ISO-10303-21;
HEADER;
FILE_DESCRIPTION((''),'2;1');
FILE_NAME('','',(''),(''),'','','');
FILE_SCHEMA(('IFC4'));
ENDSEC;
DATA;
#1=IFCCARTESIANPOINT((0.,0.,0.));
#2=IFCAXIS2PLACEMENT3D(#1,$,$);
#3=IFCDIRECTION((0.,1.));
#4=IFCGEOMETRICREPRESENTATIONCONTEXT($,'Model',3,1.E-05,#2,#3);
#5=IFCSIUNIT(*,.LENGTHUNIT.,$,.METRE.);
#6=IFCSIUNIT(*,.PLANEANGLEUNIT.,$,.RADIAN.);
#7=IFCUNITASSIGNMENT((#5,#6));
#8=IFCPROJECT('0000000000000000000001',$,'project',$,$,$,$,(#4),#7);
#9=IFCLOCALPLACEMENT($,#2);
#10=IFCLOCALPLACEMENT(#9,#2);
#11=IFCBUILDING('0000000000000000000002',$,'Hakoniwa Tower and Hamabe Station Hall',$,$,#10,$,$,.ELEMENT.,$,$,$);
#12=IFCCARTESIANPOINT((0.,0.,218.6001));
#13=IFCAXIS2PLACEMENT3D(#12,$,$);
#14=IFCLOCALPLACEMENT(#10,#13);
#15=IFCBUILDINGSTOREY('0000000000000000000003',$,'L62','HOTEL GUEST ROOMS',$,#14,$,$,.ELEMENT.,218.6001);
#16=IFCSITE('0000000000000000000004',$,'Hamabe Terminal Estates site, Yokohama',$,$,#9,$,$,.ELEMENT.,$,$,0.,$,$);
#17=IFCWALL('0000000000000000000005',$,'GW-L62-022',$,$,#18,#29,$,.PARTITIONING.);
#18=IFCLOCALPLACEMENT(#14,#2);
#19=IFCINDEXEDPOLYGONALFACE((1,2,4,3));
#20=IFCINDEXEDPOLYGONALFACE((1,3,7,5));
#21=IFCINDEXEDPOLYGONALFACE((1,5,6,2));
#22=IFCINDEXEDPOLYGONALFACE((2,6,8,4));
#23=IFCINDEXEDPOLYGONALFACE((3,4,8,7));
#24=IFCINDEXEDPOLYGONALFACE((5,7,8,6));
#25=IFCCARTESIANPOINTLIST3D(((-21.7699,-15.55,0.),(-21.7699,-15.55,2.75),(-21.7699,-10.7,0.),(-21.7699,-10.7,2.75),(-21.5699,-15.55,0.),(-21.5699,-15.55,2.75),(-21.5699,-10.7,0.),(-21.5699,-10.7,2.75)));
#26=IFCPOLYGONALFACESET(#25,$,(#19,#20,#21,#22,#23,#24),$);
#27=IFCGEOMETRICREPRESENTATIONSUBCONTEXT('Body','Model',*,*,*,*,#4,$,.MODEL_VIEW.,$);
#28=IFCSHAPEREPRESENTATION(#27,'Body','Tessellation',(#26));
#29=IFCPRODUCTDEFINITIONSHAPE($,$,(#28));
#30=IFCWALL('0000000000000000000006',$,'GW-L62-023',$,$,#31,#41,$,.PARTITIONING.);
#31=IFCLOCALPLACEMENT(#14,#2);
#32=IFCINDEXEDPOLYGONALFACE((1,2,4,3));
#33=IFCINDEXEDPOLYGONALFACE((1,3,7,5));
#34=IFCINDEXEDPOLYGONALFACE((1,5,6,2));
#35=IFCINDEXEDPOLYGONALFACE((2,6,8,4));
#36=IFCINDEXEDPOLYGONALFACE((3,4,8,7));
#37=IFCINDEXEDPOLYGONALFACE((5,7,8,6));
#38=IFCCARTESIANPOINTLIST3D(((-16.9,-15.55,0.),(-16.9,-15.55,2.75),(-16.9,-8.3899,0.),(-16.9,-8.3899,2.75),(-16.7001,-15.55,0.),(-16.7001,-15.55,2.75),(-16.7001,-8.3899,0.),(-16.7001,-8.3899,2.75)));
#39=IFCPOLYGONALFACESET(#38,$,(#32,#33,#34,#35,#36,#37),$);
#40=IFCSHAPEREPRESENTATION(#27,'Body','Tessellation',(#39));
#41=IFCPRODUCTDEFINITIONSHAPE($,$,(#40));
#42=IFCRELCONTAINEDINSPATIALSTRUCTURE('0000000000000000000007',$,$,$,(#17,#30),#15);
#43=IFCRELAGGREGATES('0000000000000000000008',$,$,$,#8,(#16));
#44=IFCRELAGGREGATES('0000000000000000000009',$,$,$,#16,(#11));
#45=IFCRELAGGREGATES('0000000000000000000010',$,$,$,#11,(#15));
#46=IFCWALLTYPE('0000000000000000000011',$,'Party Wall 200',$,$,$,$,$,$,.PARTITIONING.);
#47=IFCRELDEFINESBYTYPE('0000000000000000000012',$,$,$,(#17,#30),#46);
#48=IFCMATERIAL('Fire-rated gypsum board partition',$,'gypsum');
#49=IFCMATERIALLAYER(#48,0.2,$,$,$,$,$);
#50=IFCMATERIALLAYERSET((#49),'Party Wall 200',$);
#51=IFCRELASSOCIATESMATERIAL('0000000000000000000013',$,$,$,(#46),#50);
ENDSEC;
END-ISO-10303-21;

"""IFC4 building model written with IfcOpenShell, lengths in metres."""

from ifc_helpers import new_model, si_unit, direction, frame, frame_2d, origin, place, context, subcontext, project, spatial, rectangle, extrude, material, layer, layer_set, type_object, element, save


model = new_model("IFC4")

# Units and contexts
model_context = context("Model", 3, precision=1e-05, world=origin(), true_north=direction((0.0, 1.0)))
body_context = subcontext(model_context, "Body", "Model", "MODEL_VIEW")
ifc_project = project(units=[si_unit("LENGTHUNIT", "METRE"), si_unit("PLANEANGLEUNIT", "RADIAN")], contexts=[model_context])

# Site, building, storey
site_placement = place(None, origin())
site = spatial("IfcSite", under=ifc_project, at=site_placement, Name="Hamabe Terminal Estates site, Yokohama", CompositionType="ELEMENT", RefElevation=0.0)
building_placement = place(site_placement, origin())
building = spatial("IfcBuilding", under=site, at=building_placement, Name="Hakoniwa Tower and Hamabe Station Hall", CompositionType="ELEMENT")
storey_placement = place(building_placement, frame((0.0, 0.0, 218.6001)))
storey = spatial("IfcBuildingStorey", under=building, at=storey_placement, Name="L62", Description="HOTEL GUEST ROOMS", CompositionType="ELEMENT", Elevation=218.6001)

# Walls
ifc_material_1 = material(Name="Fire-rated gypsum board partition", Category="gypsum")
ifc_layer_1 = layer(ifc_material_1, 0.2)
ifc_layer_set_1 = layer_set([ifc_layer_1], Name="Party Wall 200")
wall_type_1 = type_object("IfcWallType", Name="Party Wall 200", PredefinedType="PARTITIONING", material=ifc_layer_set_1)
wall_1_placement = place(storey_placement, frame((-21.6699, -15.55, 0.0), z_axis=(0.0, 0.0, 1.0), x_axis=(0.0, 1.0, 0.0)))
element("IfcWall", 1, at=wall_1_placement, inside=storey, type_object=wall_type_1, Name="GW-L62-022", PredefinedType="PARTITIONING", context=body_context, shape_type="SweptSolid", body=[
    extrude(rectangle(XDim=4.8501, YDim=0.2, at=frame_2d((2.425, 0.0))), origin(), (0.0, 0.0, 1.0), 2.75),
])
wall_2_placement = place(storey_placement, frame((-16.8, -15.55, 0.0), z_axis=(0.0, 0.0, 1.0), x_axis=(0.0, 1.0, 0.0)))
element("IfcWall", 2, at=wall_2_placement, inside=storey, type_object=wall_type_1, Name="GW-L62-023", PredefinedType="PARTITIONING", context=body_context, shape_type="SweptSolid", body=[
    extrude(rectangle(XDim=7.1602, YDim=0.2, at=frame_2d((3.5801, 0.0))), origin(), (0.0, 0.0, 1.0), 2.75),
])

save(model, "model.ifc")
